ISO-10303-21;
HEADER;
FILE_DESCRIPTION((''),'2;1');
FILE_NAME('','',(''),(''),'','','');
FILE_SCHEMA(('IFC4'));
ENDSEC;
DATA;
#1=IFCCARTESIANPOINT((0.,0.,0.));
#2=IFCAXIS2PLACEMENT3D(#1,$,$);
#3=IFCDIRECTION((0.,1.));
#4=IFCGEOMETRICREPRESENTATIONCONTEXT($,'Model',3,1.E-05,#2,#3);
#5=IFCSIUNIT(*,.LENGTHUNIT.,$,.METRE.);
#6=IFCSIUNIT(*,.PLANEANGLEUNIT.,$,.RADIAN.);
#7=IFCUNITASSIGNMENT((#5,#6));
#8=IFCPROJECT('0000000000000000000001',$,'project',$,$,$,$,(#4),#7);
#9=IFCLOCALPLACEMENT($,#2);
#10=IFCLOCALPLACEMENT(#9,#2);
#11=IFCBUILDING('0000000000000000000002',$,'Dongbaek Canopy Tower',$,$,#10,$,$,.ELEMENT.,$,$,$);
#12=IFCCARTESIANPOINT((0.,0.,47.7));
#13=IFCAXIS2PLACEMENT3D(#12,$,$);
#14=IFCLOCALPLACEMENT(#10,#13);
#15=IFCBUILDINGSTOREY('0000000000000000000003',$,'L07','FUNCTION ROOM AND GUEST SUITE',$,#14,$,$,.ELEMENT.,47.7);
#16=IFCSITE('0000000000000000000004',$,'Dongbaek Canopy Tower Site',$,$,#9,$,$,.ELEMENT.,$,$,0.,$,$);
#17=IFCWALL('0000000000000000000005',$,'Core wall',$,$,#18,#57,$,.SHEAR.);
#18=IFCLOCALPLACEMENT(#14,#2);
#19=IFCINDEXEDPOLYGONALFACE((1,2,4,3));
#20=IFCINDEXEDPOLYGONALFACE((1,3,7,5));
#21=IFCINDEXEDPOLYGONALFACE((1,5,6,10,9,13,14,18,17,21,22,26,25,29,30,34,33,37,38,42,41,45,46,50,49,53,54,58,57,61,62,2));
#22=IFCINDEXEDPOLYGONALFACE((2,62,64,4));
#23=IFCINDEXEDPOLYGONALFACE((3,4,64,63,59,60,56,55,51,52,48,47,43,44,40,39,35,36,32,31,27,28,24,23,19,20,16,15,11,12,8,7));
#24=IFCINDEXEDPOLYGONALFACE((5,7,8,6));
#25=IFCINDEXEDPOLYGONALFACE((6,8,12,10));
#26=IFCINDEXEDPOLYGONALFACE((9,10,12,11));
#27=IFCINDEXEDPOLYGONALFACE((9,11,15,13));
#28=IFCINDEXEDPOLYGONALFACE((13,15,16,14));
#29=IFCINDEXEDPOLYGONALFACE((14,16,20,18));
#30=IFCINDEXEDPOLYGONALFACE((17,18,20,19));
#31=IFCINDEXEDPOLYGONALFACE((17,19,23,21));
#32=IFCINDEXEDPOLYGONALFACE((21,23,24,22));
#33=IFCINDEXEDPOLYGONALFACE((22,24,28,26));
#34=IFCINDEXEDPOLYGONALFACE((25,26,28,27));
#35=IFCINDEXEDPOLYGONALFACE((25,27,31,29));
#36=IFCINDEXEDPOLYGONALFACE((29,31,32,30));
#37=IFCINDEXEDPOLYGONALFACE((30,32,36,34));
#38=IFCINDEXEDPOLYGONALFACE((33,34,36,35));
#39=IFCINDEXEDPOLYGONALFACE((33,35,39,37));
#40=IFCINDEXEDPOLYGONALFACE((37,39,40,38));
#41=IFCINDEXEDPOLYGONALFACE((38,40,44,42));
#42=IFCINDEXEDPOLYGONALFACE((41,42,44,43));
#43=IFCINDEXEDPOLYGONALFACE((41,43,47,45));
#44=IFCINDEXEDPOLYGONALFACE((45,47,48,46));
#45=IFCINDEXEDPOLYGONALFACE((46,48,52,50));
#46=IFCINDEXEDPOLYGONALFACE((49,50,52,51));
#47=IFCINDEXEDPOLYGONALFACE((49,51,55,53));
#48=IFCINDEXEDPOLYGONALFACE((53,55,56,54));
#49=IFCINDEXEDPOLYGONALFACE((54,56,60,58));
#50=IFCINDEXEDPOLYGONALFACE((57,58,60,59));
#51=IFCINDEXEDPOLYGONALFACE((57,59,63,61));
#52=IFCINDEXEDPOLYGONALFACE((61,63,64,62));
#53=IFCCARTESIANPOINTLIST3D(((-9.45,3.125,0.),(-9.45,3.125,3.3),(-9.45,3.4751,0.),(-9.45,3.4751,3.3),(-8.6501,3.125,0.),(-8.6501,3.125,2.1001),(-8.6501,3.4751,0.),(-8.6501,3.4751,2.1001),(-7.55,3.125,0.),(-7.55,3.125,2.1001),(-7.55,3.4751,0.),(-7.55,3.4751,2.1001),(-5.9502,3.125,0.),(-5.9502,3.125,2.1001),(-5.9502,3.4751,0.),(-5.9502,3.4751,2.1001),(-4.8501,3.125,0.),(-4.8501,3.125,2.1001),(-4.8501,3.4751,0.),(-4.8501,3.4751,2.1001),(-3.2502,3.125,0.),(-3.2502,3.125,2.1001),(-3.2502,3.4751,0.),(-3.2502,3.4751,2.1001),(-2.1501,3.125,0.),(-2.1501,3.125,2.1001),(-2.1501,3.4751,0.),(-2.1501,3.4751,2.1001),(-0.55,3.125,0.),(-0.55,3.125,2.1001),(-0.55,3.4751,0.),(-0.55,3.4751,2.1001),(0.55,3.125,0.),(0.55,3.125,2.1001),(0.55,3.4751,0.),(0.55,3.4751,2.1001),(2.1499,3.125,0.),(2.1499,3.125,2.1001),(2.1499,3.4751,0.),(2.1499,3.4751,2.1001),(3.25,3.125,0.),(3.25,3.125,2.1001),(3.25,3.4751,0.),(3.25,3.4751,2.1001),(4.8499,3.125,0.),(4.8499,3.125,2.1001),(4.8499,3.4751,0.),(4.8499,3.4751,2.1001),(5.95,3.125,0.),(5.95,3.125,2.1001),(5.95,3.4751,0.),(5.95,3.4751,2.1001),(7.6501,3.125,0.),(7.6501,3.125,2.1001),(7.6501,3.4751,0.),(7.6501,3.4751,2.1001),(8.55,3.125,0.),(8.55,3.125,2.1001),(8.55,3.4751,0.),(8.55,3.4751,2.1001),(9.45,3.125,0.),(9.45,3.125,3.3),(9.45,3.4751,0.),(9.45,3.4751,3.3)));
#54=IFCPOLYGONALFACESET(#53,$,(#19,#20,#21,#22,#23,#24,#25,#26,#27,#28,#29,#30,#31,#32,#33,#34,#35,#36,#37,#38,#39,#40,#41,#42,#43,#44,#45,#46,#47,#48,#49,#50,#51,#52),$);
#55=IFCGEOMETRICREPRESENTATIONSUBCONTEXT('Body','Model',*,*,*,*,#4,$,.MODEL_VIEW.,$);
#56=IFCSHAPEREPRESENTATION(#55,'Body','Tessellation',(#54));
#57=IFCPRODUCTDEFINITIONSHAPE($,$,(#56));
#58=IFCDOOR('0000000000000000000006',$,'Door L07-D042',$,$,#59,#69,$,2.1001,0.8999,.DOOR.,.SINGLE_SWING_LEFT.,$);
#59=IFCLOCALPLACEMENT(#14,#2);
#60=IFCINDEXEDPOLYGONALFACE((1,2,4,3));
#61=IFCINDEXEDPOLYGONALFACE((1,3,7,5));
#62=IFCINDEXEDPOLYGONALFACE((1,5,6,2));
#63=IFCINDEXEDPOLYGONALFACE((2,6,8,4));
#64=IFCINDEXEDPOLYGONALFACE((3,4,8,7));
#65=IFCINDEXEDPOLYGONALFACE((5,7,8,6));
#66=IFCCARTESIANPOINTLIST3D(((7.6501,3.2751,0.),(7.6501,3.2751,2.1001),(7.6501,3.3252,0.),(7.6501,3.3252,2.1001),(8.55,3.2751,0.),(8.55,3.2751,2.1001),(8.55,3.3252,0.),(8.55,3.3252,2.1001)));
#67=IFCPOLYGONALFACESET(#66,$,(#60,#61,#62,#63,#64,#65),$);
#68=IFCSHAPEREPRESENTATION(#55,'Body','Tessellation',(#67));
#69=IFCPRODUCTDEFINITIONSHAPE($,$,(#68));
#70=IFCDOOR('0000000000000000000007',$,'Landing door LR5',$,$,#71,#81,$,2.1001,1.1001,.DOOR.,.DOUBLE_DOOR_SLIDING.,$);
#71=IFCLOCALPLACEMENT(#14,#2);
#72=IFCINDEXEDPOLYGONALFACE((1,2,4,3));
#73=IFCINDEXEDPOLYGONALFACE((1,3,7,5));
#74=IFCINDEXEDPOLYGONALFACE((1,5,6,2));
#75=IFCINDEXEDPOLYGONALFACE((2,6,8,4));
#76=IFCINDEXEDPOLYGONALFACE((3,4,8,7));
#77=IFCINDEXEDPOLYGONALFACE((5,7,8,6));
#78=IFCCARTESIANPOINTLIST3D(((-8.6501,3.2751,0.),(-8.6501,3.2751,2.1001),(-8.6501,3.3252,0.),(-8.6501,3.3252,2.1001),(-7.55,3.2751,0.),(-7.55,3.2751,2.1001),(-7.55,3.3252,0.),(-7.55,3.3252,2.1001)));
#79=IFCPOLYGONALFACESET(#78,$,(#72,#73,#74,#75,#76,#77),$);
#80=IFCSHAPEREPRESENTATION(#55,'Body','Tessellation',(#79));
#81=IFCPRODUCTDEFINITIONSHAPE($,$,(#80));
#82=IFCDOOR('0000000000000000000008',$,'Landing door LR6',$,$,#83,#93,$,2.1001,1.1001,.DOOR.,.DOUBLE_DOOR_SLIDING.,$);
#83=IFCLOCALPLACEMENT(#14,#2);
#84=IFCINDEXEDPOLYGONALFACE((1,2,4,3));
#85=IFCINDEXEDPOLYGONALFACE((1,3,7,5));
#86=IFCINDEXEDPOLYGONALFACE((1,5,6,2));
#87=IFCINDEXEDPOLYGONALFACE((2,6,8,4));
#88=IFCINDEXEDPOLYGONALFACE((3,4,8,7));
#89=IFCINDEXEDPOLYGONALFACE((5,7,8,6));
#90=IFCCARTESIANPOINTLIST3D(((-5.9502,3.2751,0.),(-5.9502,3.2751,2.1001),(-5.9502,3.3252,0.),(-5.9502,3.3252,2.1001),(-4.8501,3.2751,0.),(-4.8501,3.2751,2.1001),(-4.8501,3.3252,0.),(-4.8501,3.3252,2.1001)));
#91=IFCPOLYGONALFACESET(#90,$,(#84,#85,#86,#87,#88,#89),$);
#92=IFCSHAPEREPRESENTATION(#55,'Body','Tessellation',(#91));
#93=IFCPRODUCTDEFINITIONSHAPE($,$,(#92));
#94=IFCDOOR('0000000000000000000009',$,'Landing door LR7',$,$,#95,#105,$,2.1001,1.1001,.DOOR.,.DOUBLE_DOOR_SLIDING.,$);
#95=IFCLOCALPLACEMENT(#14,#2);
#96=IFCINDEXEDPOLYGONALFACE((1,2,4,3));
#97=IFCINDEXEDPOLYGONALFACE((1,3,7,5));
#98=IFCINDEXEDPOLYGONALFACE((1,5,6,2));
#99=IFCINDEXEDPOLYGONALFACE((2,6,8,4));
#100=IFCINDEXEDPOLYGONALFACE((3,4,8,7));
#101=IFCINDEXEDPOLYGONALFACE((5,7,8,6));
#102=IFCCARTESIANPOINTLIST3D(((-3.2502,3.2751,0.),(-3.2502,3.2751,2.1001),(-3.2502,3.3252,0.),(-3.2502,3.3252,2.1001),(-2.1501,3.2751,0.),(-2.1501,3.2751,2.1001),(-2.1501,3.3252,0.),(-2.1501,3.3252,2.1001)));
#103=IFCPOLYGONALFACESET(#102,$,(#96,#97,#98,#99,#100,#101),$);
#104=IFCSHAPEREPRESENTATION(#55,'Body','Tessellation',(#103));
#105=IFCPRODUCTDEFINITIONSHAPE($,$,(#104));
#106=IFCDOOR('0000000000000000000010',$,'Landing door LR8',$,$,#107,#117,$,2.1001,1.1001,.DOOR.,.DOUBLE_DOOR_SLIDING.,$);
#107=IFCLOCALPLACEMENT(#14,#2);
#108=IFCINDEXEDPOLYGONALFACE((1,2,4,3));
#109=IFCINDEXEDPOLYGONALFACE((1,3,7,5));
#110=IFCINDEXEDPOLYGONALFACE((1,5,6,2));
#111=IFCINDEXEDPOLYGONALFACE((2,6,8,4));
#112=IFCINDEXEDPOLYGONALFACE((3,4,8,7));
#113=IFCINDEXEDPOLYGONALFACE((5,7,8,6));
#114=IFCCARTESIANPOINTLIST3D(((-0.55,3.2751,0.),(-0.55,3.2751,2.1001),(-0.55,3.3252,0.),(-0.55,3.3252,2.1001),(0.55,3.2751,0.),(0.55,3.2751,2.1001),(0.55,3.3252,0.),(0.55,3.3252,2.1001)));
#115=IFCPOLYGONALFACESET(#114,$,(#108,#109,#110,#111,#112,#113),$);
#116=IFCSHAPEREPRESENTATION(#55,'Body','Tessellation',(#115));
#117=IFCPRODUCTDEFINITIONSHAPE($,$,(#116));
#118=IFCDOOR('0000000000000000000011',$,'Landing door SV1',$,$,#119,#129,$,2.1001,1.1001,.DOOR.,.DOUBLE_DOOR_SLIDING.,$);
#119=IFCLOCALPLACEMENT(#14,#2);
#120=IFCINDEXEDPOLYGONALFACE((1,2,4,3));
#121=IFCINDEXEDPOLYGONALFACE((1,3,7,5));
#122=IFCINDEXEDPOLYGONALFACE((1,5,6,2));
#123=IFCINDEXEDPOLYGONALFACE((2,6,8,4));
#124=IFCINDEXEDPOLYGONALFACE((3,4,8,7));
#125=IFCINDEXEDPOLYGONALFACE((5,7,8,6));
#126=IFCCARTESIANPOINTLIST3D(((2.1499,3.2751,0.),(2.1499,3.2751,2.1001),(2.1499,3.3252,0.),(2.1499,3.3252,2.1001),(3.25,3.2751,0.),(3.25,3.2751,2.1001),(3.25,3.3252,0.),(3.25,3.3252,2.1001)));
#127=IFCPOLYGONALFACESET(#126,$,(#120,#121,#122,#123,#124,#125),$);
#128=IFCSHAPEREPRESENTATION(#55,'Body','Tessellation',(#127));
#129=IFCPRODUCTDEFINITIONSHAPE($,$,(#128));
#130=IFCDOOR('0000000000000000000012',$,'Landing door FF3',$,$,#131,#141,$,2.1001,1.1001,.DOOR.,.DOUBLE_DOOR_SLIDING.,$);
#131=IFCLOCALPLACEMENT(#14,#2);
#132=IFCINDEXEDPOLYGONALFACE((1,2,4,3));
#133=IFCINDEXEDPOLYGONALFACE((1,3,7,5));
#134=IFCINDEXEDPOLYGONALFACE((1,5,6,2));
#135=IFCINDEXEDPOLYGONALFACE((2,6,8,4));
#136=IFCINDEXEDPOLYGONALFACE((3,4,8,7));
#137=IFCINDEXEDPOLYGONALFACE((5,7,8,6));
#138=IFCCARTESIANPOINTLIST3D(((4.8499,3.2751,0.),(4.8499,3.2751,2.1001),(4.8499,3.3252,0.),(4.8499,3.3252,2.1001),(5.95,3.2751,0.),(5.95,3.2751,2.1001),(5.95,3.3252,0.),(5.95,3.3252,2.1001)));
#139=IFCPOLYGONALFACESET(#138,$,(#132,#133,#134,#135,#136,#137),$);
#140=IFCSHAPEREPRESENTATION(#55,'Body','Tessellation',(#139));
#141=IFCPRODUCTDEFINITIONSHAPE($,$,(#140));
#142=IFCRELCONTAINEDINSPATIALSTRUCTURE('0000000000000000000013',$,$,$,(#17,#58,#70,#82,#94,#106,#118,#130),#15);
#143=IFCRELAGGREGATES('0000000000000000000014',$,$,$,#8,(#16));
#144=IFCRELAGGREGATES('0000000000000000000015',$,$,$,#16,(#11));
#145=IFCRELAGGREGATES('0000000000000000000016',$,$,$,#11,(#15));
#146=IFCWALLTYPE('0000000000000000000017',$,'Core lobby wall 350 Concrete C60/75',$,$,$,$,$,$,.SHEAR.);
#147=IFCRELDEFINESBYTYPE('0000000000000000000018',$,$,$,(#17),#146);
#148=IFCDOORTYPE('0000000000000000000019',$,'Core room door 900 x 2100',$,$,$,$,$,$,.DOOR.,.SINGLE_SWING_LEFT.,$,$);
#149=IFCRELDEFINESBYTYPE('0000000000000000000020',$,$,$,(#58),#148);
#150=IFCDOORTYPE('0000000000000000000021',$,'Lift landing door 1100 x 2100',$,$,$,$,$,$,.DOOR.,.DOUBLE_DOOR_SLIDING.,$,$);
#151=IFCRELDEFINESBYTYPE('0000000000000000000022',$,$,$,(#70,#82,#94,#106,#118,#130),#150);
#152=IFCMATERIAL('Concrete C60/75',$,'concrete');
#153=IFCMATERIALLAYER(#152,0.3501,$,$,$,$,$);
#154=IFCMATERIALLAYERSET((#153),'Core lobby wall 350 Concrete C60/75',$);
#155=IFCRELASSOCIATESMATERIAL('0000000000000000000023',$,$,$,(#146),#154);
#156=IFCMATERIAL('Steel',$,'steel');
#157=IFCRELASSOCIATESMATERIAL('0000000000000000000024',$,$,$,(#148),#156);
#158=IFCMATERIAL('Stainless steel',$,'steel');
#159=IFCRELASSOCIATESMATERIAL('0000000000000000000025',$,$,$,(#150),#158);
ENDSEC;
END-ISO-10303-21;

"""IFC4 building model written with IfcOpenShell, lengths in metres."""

from ifc_helpers import new_model, si_unit, direction, frame, frame_2d, origin, place, context, subcontext, project, spatial, rectangle, extrude, material, layer, layer_set, type_object, element, fill, save


model = new_model("IFC4")

# Units and contexts
model_context = context("Model", 3, precision=1e-05, world=origin(), true_north=direction((0.0, 1.0)))
body_context = subcontext(model_context, "Body", "Model", "MODEL_VIEW")
ifc_project = project(units=[si_unit("LENGTHUNIT", "METRE"), si_unit("PLANEANGLEUNIT", "RADIAN")], contexts=[model_context])

# Site, building, storey
site_placement = place(None, origin())
site = spatial("IfcSite", under=ifc_project, at=site_placement, Name="Dongbaek Canopy Tower Site", CompositionType="ELEMENT", RefElevation=0.0)
building_placement = place(site_placement, origin())
building = spatial("IfcBuilding", under=site, at=building_placement, Name="Dongbaek Canopy Tower", CompositionType="ELEMENT")
storey_placement = place(building_placement, frame((0.0, 0.0, 47.7)))
storey = spatial("IfcBuildingStorey", under=building, at=storey_placement, Name="L07", Description="FUNCTION ROOM AND GUEST SUITE", CompositionType="ELEMENT", Elevation=47.7)

# Wall, openings, doors
ifc_material_1 = material(Name="Concrete C60/75", Category="concrete")
ifc_layer_1 = layer(ifc_material_1, 0.3501)
ifc_layer_set_1 = layer_set([ifc_layer_1], Name="Core lobby wall 350 Concrete C60/75")
wall_type_1 = type_object("IfcWallType", Name="Core lobby wall 350 Concrete C60/75", PredefinedType="SHEAR", material=ifc_layer_set_1)
wall_1_placement = place(storey_placement, frame((9.45, 3.3, 0.0), z_axis=(0.0, 0.0, 1.0), x_axis=(-1.0, 0.0, 0.0)))
wall_1 = element("IfcWall", 1, at=wall_1_placement, inside=storey, type_object=wall_type_1, Name="Core wall", PredefinedType="SHEAR", context=body_context, shape_type="SweptSolid", body=[
    extrude(rectangle(XDim=18.8999, YDim=0.3501, at=frame_2d((9.45, 0.0))), origin(), (0.0, 0.0, 1.0), 3.3),
])
opening_1_placement = place(wall_1_placement, frame((17.0, 0.0, 0.0)))
opening_1 = element("IfcOpeningElement", 2, at=opening_1_placement, cuts=wall_1, PredefinedType="OPENING", context=body_context, shape_type="SweptSolid", body=[
    extrude(rectangle(XDim=1.1001, YDim=2.1001, at=frame_2d((0.55, 1.05))), frame((0.0, 0.1851, 0.0), z_axis=(0.0, -1.0, 0.0), x_axis=(1.0, 0.0, 0.0)), (0.0, 0.0, 1.0), 0.3701),
])
opening_2_placement = place(wall_1_placement, frame((14.3, 0.0, 0.0)))
opening_2 = element("IfcOpeningElement", 3, at=opening_2_placement, cuts=wall_1, PredefinedType="OPENING", context=body_context, shape_type="SweptSolid", body=[
    extrude(rectangle(XDim=1.1001, YDim=2.1001, at=frame_2d((0.55, 1.05))), frame((0.0, 0.1851, 0.0), z_axis=(0.0, -1.0, 0.0), x_axis=(1.0, 0.0, 0.0)), (0.0, 0.0, 1.0), 0.3701),
])
opening_3_placement = place(wall_1_placement, frame((11.6001, 0.0, 0.0)))
opening_3 = element("IfcOpeningElement", 4, at=opening_3_placement, cuts=wall_1, PredefinedType="OPENING", context=body_context, shape_type="SweptSolid", body=[
    extrude(rectangle(XDim=1.1001, YDim=2.1001, at=frame_2d((0.55, 1.05))), frame((0.0, 0.1851, 0.0), z_axis=(0.0, -1.0, 0.0), x_axis=(1.0, 0.0, 0.0)), (0.0, 0.0, 1.0), 0.3701),
])
opening_4_placement = place(wall_1_placement, frame((8.8999, 0.0, 0.0)))
opening_4 = element("IfcOpeningElement", 5, at=opening_4_placement, cuts=wall_1, PredefinedType="OPENING", context=body_context, shape_type="SweptSolid", body=[
    extrude(rectangle(XDim=1.1001, YDim=2.1001, at=frame_2d((0.55, 1.05))), frame((0.0, 0.1851, 0.0), z_axis=(0.0, -1.0, 0.0), x_axis=(1.0, 0.0, 0.0)), (0.0, 0.0, 1.0), 0.3701),
])
opening_5_placement = place(wall_1_placement, frame((6.2, 0.0, 0.0)))
opening_5 = element("IfcOpeningElement", 6, at=opening_5_placement, cuts=wall_1, PredefinedType="OPENING", context=body_context, shape_type="SweptSolid", body=[
    extrude(rectangle(XDim=1.1001, YDim=2.1001, at=frame_2d((0.55, 1.05))), frame((0.0, 0.1851, 0.0), z_axis=(0.0, -1.0, 0.0), x_axis=(1.0, 0.0, 0.0)), (0.0, 0.0, 1.0), 0.3701),
])
opening_6_placement = place(wall_1_placement, frame((3.5, 0.0, 0.0)))
opening_6 = element("IfcOpeningElement", 7, at=opening_6_placement, cuts=wall_1, PredefinedType="OPENING", context=body_context, shape_type="SweptSolid", body=[
    extrude(rectangle(XDim=1.1001, YDim=2.1001, at=frame_2d((0.55, 1.05))), frame((0.0, 0.1851, 0.0), z_axis=(0.0, -1.0, 0.0), x_axis=(1.0, 0.0, 0.0)), (0.0, 0.0, 1.0), 0.3701),
])
opening_7_placement = place(wall_1_placement, frame((0.8999, 0.0, 0.0)))
opening_7 = element("IfcOpeningElement", 8, at=opening_7_placement, cuts=wall_1, PredefinedType="OPENING", context=body_context, shape_type="SweptSolid", body=[
    extrude(rectangle(XDim=0.8999, YDim=2.1001, at=frame_2d((0.45, 1.05))), frame((0.0, 0.1851, 0.0), z_axis=(0.0, -1.0, 0.0), x_axis=(1.0, 0.0, 0.0)), (0.0, 0.0, 1.0), 0.3701),
])
ifc_material_2 = material(Name="Steel", Category="steel")
door_type_1 = type_object("IfcDoorType", Name="Core room door 900 x 2100", OperationType="SINGLE_SWING_LEFT", PredefinedType="DOOR", material=ifc_material_2)
door_1_placement = place(opening_7_placement, origin())
door_1 = element("IfcDoor", 9, at=door_1_placement, inside=storey, type_object=door_type_1, Name="Door L07-D042", OperationType="SINGLE_SWING_LEFT", OverallHeight=2.1001, OverallWidth=0.8999, PredefinedType="DOOR", context=body_context, shape_type="SweptSolid", body=[
    extrude(rectangle(XDim=0.8999, YDim=2.1001, at=frame_2d((0.45, 1.05))), frame((0.0, 0.0249, 0.0), z_axis=(0.0, -1.0, 0.0), x_axis=(1.0, 0.0, 0.0)), (0.0, 0.0, 1.0), 0.05),
])
fill(opening_7, door_1)
ifc_material_3 = material(Name="Stainless steel", Category="steel")
door_type_2 = type_object("IfcDoorType", Name="Lift landing door 1100 x 2100", OperationType="DOUBLE_DOOR_SLIDING", PredefinedType="DOOR", material=ifc_material_3)
door_2_placement = place(opening_1_placement, origin())
door_2 = element("IfcDoor", 10, at=door_2_placement, inside=storey, type_object=door_type_2, Name="Landing door LR5", OperationType="DOUBLE_DOOR_SLIDING", OverallHeight=2.1001, OverallWidth=1.1001, PredefinedType="DOOR", context=body_context, shape_type="SweptSolid", body=[
    extrude(rectangle(XDim=1.1001, YDim=2.1001, at=frame_2d((0.55, 1.05))), frame((0.0, 0.0249, 0.0), z_axis=(0.0, -1.0, 0.0), x_axis=(1.0, 0.0, 0.0)), (0.0, 0.0, 1.0), 0.05),
])
fill(opening_1, door_2)
door_3_placement = place(opening_2_placement, origin())
door_3 = element("IfcDoor", 11, at=door_3_placement, inside=storey, type_object=door_type_2, Name="Landing door LR6", OperationType="DOUBLE_DOOR_SLIDING", OverallHeight=2.1001, OverallWidth=1.1001, PredefinedType="DOOR", context=body_context, shape_type="SweptSolid", body=[
    extrude(rectangle(XDim=1.1001, YDim=2.1001, at=frame_2d((0.55, 1.05))), frame((0.0, 0.0249, 0.0), z_axis=(0.0, -1.0, 0.0), x_axis=(1.0, 0.0, 0.0)), (0.0, 0.0, 1.0), 0.05),
])
fill(opening_2, door_3)
door_4_placement = place(opening_3_placement, origin())
door_4 = element("IfcDoor", 12, at=door_4_placement, inside=storey, type_object=door_type_2, Name="Landing door LR7", OperationType="DOUBLE_DOOR_SLIDING", OverallHeight=2.1001, OverallWidth=1.1001, PredefinedType="DOOR", context=body_context, shape_type="SweptSolid", body=[
    extrude(rectangle(XDim=1.1001, YDim=2.1001, at=frame_2d((0.55, 1.05))), frame((0.0, 0.0249, 0.0), z_axis=(0.0, -1.0, 0.0), x_axis=(1.0, 0.0, 0.0)), (0.0, 0.0, 1.0), 0.05),
])
fill(opening_3, door_4)
door_5_placement = place(opening_4_placement, origin())
door_5 = element("IfcDoor", 13, at=door_5_placement, inside=storey, type_object=door_type_2, Name="Landing door LR8", OperationType="DOUBLE_DOOR_SLIDING", OverallHeight=2.1001, OverallWidth=1.1001, PredefinedType="DOOR", context=body_context, shape_type="SweptSolid", body=[
    extrude(rectangle(XDim=1.1001, YDim=2.1001, at=frame_2d((0.55, 1.05))), frame((0.0, 0.0249, 0.0), z_axis=(0.0, -1.0, 0.0), x_axis=(1.0, 0.0, 0.0)), (0.0, 0.0, 1.0), 0.05),
])
fill(opening_4, door_5)
door_6_placement = place(opening_5_placement, origin())
door_6 = element("IfcDoor", 14, at=door_6_placement, inside=storey, type_object=door_type_2, Name="Landing door SV1", OperationType="DOUBLE_DOOR_SLIDING", OverallHeight=2.1001, OverallWidth=1.1001, PredefinedType="DOOR", context=body_context, shape_type="SweptSolid", body=[
    extrude(rectangle(XDim=1.1001, YDim=2.1001, at=frame_2d((0.55, 1.05))), frame((0.0, 0.0249, 0.0), z_axis=(0.0, -1.0, 0.0), x_axis=(1.0, 0.0, 0.0)), (0.0, 0.0, 1.0), 0.05),
])
fill(opening_5, door_6)
door_7_placement = place(opening_6_placement, origin())
door_7 = element("IfcDoor", 15, at=door_7_placement, inside=storey, type_object=door_type_2, Name="Landing door FF3", OperationType="DOUBLE_DOOR_SLIDING", OverallHeight=2.1001, OverallWidth=1.1001, PredefinedType="DOOR", context=body_context, shape_type="SweptSolid", body=[
    extrude(rectangle(XDim=1.1001, YDim=2.1001, at=frame_2d((0.55, 1.05))), frame((0.0, 0.0249, 0.0), z_axis=(0.0, -1.0, 0.0), x_axis=(1.0, 0.0, 0.0)), (0.0, 0.0, 1.0), 0.05),
])
fill(opening_6, door_7)

save(model, "model.ifc")
